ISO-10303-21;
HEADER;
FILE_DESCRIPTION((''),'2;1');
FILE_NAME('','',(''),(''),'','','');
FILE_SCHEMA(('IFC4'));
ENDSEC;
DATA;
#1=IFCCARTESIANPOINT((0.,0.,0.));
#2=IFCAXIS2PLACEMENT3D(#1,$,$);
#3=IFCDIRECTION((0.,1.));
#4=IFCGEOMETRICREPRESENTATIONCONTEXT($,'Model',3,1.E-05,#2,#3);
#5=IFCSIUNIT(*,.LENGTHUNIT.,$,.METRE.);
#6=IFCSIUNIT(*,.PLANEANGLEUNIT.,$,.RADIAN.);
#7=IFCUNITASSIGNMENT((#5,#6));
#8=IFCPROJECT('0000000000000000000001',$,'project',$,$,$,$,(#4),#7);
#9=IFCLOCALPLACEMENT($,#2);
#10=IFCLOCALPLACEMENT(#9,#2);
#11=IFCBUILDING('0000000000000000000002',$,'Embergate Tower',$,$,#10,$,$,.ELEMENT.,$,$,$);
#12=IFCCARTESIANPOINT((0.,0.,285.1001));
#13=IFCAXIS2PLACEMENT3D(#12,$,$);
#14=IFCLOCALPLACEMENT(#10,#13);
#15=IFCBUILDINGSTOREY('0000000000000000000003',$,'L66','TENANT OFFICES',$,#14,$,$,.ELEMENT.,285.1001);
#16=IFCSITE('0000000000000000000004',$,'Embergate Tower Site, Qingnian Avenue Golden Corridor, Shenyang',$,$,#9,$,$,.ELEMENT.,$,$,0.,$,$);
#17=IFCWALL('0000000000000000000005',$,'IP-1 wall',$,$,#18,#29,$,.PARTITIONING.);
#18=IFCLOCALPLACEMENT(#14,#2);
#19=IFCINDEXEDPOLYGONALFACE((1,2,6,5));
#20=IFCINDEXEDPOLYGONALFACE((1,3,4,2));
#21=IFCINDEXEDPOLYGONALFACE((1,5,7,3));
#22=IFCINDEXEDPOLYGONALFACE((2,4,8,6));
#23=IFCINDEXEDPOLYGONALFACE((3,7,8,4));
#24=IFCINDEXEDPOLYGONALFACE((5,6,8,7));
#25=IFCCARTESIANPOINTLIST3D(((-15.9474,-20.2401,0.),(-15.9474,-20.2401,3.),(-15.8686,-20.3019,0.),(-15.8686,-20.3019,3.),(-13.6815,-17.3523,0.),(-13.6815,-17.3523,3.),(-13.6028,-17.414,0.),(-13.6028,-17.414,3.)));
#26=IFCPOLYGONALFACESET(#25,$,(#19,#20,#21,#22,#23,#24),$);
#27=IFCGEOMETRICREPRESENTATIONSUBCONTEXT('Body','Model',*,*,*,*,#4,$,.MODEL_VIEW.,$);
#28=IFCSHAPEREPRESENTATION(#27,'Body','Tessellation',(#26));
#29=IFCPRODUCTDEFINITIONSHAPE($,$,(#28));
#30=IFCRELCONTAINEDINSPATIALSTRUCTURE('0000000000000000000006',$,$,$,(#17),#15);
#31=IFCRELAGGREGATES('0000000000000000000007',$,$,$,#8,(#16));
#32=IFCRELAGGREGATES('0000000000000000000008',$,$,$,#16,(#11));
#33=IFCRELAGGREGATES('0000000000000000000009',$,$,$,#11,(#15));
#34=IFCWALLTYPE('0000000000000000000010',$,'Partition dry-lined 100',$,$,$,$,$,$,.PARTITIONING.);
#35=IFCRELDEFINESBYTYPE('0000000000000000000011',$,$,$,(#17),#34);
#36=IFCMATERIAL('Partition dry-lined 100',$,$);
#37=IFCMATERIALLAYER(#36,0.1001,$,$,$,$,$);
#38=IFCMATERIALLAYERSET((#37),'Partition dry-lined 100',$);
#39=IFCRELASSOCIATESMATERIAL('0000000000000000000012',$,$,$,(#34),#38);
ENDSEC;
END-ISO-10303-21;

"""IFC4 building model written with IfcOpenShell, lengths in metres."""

from ifc_helpers import new_model, si_unit, direction, frame, frame_2d, origin, place, context, subcontext, project, spatial, rectangle, extrude, source, transform, mapped, material, layer, layer_set, type_object, element, save


model = new_model("IFC4")

# Units and contexts
model_context = context("Model", 3, precision=1e-05, world=origin(), true_north=direction((0.0, 1.0)))
body_context = subcontext(model_context, "Body", "Model", "MODEL_VIEW")
ifc_project = project(units=[si_unit("LENGTHUNIT", "METRE"), si_unit("PLANEANGLEUNIT", "RADIAN")], contexts=[model_context])

# Site, building, storey
site_placement = place(None, origin())
site = spatial("IfcSite", under=ifc_project, at=site_placement, Name="Embergate Tower Site, Qingnian Avenue Golden Corridor, Shenyang", CompositionType="ELEMENT", RefElevation=0.0)
building_placement = place(site_placement, origin())
building = spatial("IfcBuilding", under=site, at=building_placement, Name="Embergate Tower", CompositionType="ELEMENT")
storey_placement = place(building_placement, frame((0.0, 0.0, 285.1001)))
storey = spatial("IfcBuildingStorey", under=building, at=storey_placement, Name="L66", Description="TENANT OFFICES", CompositionType="ELEMENT", Elevation=285.1001)

# Wall
ifc_material_1 = material(Name="Partition dry-lined 100")
ifc_layer_1 = layer(ifc_material_1, 0.1001)
ifc_layer_set_1 = layer_set([ifc_layer_1], Name="Partition dry-lined 100")
wall_type = type_object("IfcWallType", Name="Partition dry-lined 100", PredefinedType="PARTITIONING", material=ifc_layer_set_1)
shared_shape_1 = source(origin(), body_context, "Body", "SweptSolid", [
    extrude(rectangle(XDim=3.6707, YDim=0.1001, at=frame_2d((1.8354, 0.0))), origin(), (0.0, 0.0, 1.0), 3.0),
])
wall_1_placement = place(storey_placement, frame((-13.6421, -17.3831, 0.0), z_axis=(0.0, 0.0, 1.0), x_axis=(-0.617278, -0.786745, 0.0)))
element("IfcWall", 1, at=wall_1_placement, inside=storey, type_object=wall_type, Name="IP-1 wall", PredefinedType="PARTITIONING", context=body_context, shape_type="MappedRepresentation", body=[
    mapped(shared_shape_1, transform((0.0, 0.0, 0.0))),
])

save(model, "model.ifc")
